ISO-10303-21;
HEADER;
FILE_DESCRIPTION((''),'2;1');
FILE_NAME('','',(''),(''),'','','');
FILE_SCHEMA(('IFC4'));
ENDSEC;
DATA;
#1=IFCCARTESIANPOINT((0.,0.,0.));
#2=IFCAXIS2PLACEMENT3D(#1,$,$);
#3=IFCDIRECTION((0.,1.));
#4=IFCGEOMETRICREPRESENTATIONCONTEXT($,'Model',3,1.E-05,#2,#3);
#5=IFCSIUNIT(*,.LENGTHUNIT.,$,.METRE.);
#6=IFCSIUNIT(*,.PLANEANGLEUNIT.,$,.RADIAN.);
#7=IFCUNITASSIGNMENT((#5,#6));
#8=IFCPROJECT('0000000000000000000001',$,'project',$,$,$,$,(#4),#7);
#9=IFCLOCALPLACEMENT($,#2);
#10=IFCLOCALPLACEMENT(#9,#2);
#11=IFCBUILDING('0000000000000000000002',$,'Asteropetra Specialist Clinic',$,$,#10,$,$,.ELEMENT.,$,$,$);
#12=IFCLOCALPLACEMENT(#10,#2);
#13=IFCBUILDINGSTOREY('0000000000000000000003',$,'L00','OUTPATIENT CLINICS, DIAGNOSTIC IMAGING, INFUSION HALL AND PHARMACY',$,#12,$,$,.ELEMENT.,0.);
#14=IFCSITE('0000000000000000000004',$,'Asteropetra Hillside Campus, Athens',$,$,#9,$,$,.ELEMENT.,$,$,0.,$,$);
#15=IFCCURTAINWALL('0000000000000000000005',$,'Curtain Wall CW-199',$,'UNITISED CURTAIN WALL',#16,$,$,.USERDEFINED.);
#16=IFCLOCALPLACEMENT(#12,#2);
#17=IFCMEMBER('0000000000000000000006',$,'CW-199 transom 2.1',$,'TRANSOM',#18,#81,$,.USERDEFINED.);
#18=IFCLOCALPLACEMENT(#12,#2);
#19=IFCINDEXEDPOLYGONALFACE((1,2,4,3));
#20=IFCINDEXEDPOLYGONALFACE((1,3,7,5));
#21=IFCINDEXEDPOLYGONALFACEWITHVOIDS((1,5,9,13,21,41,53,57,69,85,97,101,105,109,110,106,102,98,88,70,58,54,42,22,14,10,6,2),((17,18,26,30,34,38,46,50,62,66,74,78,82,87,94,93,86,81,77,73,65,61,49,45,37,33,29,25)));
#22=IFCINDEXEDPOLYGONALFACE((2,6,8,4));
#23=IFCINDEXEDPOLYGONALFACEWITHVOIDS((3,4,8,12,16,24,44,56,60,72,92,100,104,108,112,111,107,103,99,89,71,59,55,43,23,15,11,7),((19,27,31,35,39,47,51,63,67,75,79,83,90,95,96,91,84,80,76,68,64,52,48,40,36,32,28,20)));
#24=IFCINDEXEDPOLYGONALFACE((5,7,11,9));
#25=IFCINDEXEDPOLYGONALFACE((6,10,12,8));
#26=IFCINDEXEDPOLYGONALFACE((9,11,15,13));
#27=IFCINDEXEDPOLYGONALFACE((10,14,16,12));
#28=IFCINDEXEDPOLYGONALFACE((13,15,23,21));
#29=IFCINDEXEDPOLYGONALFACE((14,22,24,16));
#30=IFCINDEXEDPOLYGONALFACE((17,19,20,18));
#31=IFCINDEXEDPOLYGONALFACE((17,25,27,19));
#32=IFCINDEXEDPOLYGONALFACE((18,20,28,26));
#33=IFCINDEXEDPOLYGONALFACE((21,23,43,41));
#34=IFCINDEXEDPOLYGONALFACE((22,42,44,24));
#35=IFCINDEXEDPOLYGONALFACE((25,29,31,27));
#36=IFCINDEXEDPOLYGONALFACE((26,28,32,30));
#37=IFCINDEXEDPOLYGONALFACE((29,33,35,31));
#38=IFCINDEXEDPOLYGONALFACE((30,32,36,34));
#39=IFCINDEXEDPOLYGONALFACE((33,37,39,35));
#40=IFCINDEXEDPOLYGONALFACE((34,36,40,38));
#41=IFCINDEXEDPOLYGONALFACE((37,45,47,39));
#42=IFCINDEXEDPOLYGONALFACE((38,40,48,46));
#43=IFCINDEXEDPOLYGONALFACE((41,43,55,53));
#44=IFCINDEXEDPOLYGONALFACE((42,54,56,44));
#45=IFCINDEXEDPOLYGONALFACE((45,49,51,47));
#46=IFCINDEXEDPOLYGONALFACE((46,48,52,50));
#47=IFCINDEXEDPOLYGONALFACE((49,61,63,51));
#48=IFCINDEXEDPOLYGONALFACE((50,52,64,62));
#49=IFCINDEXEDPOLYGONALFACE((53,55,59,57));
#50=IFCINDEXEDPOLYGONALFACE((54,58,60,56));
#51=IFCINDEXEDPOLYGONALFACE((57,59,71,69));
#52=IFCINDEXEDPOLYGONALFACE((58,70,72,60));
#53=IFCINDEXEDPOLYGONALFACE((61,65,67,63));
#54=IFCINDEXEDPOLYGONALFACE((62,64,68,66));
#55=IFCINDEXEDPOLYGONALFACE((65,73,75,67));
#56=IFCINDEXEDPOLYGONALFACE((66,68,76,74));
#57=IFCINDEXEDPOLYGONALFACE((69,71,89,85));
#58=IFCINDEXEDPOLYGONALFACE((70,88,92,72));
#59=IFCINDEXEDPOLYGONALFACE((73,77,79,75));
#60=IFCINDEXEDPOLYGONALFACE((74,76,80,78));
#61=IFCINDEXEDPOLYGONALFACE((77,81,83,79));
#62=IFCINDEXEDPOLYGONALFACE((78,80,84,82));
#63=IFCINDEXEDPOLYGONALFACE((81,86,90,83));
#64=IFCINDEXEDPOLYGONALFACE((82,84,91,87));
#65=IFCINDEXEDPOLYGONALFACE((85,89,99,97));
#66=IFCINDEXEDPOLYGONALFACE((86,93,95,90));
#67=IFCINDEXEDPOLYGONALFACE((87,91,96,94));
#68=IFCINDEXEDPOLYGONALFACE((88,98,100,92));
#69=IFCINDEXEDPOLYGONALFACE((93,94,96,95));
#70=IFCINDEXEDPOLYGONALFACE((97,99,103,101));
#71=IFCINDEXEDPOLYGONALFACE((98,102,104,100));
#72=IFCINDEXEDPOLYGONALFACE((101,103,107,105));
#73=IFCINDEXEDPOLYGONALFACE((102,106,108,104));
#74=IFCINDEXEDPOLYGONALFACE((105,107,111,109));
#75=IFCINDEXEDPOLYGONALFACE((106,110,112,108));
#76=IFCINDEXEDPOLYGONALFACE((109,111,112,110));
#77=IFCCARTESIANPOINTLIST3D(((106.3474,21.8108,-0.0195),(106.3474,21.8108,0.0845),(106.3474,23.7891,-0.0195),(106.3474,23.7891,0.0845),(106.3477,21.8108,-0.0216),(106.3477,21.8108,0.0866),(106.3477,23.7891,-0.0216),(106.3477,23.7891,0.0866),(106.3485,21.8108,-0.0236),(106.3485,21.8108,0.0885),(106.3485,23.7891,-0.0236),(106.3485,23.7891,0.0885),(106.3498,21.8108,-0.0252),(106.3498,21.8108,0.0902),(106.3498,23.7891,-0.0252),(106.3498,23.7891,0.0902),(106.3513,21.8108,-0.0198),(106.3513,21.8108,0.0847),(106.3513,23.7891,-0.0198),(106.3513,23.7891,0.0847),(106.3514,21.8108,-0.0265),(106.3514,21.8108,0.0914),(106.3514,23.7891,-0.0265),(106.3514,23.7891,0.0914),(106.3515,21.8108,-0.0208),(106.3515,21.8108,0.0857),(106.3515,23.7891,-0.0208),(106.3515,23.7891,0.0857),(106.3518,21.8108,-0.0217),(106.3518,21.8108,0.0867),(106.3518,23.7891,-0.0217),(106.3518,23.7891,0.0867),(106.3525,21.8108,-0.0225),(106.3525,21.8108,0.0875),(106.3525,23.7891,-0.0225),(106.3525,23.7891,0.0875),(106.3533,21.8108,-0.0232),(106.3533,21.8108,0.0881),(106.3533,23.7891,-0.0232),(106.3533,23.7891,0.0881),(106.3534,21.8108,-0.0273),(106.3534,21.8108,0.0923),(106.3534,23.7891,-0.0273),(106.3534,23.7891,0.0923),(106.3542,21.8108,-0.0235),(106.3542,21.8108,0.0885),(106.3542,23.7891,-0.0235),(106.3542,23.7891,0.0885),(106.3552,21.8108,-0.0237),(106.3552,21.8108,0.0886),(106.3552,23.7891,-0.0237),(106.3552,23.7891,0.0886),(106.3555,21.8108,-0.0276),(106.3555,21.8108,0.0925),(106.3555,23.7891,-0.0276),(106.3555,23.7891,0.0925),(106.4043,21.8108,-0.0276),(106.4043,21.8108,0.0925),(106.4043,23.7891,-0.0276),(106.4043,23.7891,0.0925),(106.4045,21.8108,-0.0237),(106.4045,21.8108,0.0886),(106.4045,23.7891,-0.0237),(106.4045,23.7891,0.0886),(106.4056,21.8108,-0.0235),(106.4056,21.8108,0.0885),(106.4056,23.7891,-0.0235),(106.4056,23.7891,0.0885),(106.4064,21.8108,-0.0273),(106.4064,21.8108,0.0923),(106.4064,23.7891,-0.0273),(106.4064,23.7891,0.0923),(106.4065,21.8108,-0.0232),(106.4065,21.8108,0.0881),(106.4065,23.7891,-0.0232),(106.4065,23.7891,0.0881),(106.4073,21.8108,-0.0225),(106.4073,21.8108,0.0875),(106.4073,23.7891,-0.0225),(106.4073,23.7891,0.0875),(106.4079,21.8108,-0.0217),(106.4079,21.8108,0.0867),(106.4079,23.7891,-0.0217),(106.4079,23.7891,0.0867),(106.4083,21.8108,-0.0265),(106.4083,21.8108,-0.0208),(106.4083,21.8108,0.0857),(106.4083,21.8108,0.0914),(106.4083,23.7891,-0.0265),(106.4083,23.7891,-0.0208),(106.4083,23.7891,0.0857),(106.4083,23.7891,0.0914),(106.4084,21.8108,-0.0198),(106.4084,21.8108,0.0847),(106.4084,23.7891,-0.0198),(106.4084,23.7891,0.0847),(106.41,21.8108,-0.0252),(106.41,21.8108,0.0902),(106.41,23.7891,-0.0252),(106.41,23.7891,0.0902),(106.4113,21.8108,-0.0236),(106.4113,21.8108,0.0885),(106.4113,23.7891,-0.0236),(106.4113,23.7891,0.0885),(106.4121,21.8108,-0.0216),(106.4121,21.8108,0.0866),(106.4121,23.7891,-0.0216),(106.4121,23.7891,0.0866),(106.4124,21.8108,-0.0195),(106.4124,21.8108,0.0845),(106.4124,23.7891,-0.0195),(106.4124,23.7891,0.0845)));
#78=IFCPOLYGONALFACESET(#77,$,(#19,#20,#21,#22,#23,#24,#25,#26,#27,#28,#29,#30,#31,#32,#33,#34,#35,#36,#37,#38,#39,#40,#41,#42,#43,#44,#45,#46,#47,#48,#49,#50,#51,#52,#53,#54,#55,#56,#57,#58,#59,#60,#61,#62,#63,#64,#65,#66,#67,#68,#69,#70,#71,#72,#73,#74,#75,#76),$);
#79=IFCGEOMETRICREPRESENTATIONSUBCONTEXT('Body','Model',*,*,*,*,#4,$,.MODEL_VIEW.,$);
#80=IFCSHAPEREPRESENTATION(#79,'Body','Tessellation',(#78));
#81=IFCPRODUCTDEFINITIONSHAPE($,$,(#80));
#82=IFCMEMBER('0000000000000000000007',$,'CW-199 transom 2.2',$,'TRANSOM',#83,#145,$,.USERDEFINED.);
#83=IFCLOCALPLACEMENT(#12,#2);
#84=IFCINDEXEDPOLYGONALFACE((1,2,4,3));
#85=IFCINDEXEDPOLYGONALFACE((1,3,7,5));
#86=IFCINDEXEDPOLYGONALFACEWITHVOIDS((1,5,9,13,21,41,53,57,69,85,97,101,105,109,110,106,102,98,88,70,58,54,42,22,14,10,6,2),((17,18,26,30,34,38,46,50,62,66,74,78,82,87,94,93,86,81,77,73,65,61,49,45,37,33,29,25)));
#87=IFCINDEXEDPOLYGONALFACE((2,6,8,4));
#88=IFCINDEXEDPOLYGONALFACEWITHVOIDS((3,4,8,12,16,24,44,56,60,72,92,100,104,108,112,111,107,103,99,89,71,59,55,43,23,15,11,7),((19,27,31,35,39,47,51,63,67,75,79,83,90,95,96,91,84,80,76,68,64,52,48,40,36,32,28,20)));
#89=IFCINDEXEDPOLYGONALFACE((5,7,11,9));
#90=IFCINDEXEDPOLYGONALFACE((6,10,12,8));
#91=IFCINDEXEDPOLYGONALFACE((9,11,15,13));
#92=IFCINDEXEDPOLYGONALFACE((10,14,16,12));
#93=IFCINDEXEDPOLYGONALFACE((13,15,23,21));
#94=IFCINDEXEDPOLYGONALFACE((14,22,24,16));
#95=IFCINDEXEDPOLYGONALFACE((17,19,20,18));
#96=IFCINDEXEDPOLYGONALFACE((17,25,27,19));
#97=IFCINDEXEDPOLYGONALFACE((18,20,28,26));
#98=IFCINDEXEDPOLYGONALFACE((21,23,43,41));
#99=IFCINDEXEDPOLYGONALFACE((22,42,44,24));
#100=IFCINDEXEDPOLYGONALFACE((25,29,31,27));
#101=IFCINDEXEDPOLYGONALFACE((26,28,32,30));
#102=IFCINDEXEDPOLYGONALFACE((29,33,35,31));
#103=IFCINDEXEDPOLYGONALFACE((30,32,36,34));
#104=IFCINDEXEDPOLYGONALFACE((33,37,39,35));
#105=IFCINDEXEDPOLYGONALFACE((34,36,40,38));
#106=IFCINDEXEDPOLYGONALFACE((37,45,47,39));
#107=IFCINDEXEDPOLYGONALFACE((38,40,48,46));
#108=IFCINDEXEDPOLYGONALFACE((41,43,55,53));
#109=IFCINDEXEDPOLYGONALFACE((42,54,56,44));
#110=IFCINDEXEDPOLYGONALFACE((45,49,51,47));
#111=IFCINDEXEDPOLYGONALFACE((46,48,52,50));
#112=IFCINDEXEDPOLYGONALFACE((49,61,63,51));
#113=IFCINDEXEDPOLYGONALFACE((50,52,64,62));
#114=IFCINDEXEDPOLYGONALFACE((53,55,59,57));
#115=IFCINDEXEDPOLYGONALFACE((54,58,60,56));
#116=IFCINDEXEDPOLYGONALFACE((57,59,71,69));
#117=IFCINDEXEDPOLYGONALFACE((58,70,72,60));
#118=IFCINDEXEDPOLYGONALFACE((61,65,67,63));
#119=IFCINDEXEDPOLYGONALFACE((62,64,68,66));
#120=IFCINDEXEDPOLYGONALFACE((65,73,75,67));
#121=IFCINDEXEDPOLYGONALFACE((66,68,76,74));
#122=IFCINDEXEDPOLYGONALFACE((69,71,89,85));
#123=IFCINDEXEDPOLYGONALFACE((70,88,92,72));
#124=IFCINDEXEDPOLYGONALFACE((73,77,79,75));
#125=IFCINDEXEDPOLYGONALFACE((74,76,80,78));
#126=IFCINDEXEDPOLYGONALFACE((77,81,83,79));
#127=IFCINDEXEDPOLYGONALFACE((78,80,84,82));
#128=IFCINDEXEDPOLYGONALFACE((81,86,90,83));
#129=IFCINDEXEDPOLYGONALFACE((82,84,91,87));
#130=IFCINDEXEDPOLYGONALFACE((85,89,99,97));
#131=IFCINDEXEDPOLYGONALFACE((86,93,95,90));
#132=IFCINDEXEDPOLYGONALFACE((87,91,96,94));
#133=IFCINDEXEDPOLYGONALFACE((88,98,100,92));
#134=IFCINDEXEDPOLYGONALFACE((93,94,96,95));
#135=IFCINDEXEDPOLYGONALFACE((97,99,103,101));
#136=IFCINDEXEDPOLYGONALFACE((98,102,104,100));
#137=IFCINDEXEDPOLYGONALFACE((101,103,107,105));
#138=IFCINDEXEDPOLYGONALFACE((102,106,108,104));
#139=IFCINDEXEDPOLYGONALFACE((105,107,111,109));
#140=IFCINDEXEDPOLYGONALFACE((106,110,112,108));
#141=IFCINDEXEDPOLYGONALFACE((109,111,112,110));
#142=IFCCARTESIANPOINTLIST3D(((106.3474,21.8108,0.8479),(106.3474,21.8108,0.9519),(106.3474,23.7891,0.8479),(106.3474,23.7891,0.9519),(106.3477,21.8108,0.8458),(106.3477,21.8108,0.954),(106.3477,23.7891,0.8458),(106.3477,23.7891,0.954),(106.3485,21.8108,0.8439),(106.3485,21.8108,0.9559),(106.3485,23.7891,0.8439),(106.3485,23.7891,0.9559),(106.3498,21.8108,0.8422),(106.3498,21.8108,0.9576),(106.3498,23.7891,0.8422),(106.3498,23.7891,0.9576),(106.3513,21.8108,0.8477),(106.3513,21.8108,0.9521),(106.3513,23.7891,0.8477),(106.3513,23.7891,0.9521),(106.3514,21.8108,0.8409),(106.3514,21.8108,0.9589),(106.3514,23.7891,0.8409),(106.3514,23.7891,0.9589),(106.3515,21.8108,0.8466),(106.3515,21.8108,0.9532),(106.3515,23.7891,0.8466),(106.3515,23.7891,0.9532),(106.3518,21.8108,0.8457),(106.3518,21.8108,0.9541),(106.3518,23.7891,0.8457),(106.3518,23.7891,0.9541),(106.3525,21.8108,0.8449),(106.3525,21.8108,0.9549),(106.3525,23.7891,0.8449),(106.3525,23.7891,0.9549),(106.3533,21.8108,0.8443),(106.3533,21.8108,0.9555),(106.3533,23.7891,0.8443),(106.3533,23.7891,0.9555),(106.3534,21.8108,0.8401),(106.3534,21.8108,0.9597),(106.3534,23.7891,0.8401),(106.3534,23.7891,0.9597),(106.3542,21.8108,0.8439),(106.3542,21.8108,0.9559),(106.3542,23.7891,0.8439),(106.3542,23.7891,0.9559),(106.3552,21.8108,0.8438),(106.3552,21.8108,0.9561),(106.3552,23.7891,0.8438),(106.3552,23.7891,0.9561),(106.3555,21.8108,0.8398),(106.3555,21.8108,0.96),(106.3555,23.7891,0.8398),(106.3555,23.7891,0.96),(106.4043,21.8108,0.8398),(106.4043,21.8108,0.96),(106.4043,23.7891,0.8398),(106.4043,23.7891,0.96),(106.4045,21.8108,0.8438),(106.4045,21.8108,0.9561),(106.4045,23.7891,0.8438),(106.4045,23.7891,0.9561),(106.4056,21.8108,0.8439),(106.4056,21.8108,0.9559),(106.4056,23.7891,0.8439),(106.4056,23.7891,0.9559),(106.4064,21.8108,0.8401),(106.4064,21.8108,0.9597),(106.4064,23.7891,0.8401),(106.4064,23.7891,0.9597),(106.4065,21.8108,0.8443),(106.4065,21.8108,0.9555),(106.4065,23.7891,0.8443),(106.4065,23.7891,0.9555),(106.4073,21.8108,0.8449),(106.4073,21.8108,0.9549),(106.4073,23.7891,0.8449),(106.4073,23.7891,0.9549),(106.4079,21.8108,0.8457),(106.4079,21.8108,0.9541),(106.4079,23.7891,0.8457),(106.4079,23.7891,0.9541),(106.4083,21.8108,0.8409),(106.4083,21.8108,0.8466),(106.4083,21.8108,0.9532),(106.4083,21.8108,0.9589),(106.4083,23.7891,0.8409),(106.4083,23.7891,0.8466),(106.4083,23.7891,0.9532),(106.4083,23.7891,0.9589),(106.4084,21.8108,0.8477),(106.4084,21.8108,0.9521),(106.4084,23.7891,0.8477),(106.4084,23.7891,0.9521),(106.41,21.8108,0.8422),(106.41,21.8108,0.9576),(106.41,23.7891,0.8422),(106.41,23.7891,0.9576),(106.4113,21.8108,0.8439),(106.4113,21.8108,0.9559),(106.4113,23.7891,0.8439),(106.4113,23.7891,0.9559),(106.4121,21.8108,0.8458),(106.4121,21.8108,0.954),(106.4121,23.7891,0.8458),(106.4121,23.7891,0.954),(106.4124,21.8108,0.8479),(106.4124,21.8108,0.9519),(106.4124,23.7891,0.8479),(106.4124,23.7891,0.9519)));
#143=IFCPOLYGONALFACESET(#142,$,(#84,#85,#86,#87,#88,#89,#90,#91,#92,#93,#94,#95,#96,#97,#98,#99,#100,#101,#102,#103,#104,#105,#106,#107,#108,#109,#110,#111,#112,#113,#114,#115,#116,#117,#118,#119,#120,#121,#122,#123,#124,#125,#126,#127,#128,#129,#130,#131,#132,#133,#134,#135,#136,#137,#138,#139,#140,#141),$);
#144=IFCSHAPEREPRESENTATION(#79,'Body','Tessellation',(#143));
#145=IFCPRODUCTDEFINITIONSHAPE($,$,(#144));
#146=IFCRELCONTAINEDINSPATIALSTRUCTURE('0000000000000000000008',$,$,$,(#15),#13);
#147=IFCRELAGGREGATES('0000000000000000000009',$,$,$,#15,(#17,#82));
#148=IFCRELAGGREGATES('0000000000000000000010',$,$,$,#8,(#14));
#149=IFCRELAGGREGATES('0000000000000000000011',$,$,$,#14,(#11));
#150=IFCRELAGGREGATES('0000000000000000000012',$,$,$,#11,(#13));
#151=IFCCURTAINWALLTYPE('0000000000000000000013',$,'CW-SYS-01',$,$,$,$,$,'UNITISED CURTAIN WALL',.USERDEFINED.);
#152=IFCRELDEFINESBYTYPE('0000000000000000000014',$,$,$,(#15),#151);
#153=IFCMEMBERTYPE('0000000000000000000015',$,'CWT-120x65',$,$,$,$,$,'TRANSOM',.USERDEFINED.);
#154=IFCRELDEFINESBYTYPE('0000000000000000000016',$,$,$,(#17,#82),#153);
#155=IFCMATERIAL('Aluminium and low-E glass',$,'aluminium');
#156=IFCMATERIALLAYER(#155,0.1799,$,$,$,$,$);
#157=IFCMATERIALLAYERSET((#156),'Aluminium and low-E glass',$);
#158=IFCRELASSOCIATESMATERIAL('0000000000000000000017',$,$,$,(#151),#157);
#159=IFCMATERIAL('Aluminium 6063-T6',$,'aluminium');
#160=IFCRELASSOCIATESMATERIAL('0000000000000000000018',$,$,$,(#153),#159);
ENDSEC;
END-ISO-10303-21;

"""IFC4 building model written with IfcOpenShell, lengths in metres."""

from ifc_helpers import new_model, si_unit, direction, frame, origin, origin_2d, place, context, subcontext, project, spatial, hollow_rectangle, extrude, material, layer, layer_set, material_profile, profile_set, type_object, element, aggregate, save


model = new_model("IFC4")

# Units and contexts
model_context = context("Model", 3, precision=1e-05, world=origin(), true_north=direction((0.0, 1.0)))
body_context = subcontext(model_context, "Body", "Model", "MODEL_VIEW")
ifc_project = project(units=[si_unit("LENGTHUNIT", "METRE"), si_unit("PLANEANGLEUNIT", "RADIAN")], contexts=[model_context])

# Site, building, storey
site_placement = place(None, origin())
site = spatial("IfcSite", under=ifc_project, at=site_placement, Name="Asteropetra Hillside Campus, Athens", CompositionType="ELEMENT", RefElevation=0.0)
building_placement = place(site_placement, origin())
building = spatial("IfcBuilding", under=site, at=building_placement, Name="Asteropetra Specialist Clinic", CompositionType="ELEMENT")
storey_placement = place(building_placement, origin())
storey = spatial("IfcBuildingStorey", under=building, at=storey_placement, Name="L00", Description="OUTPATIENT CLINICS, DIAGNOSTIC IMAGING, INFUSION HALL AND PHARMACY", CompositionType="ELEMENT", Elevation=0.0)

# Curtain wall, members
ifc_material_1 = material(Name="Aluminium and low-E glass", Category="aluminium")
ifc_layer_1 = layer(ifc_material_1, 0.1799)
ifc_layer_set_1 = layer_set([ifc_layer_1], Name="Aluminium and low-E glass")
curtain_wall_type = type_object("IfcCurtainWallType", Name="CW-SYS-01", ElementType="UNITISED CURTAIN WALL", PredefinedType="USERDEFINED", material=ifc_layer_set_1)
curtain_wall_placement = place(storey_placement, origin())
curtain_wall = element("IfcCurtainWall", 1, at=curtain_wall_placement, inside=storey, type_object=curtain_wall_type, Name="Curtain Wall CW-199", ObjectType="UNITISED CURTAIN WALL", PredefinedType="USERDEFINED")
ifc_material_2 = material(Name="Aluminium 6063-T6", Category="aluminium")
ifc_material_profile_1 = material_profile(ifc_material_2, hollow_rectangle(XDim=0.0649, YDim=0.1201, WallThickness=0.0039, InnerFilletRadius=0.0039, OuterFilletRadius=0.0081, at=origin_2d()), Name="TRN 120x65x4.0")
ifc_profile_set_1 = profile_set([ifc_material_profile_1], Name="Aluminium 6063-T6")
member_type_1 = type_object("IfcMemberType", Name="CWT-120x65", ElementType="TRANSOM", PredefinedType="USERDEFINED", material=ifc_profile_set_1)
member_1_placement = place(storey_placement, frame((106.3799, 23.7891, 0.0325), z_axis=(0.0, -1.0, 0.0), x_axis=(1.0, 0.0, 0.0)))
member_1 = element("IfcMember", 2, at=member_1_placement, type_object=member_type_1, Name="CW-199 transom 2.1", ObjectType="TRANSOM", PredefinedType="USERDEFINED", context=body_context, shape_type="SweptSolid", body=[
    extrude(hollow_rectangle(XDim=0.0649, YDim=0.1201, WallThickness=0.0039, InnerFilletRadius=0.0039, OuterFilletRadius=0.0081, at=origin_2d()), origin(), (0.0, 0.0, 1.0), 1.9783),
])
member_2_placement = place(storey_placement, frame((106.3799, 23.7891, 0.8999), z_axis=(0.0, -1.0, 0.0), x_axis=(1.0, 0.0, 0.0)))
member_2 = element("IfcMember", 3, at=member_2_placement, type_object=member_type_1, Name="CW-199 transom 2.2", ObjectType="TRANSOM", PredefinedType="USERDEFINED", context=body_context, shape_type="SweptSolid", body=[
    extrude(hollow_rectangle(XDim=0.0649, YDim=0.1201, WallThickness=0.0039, InnerFilletRadius=0.0039, OuterFilletRadius=0.0081, at=origin_2d()), origin(), (0.0, 0.0, 1.0), 1.9783),
])
aggregate(curtain_wall, [member_1, member_2])

save(model, "model.ifc")
